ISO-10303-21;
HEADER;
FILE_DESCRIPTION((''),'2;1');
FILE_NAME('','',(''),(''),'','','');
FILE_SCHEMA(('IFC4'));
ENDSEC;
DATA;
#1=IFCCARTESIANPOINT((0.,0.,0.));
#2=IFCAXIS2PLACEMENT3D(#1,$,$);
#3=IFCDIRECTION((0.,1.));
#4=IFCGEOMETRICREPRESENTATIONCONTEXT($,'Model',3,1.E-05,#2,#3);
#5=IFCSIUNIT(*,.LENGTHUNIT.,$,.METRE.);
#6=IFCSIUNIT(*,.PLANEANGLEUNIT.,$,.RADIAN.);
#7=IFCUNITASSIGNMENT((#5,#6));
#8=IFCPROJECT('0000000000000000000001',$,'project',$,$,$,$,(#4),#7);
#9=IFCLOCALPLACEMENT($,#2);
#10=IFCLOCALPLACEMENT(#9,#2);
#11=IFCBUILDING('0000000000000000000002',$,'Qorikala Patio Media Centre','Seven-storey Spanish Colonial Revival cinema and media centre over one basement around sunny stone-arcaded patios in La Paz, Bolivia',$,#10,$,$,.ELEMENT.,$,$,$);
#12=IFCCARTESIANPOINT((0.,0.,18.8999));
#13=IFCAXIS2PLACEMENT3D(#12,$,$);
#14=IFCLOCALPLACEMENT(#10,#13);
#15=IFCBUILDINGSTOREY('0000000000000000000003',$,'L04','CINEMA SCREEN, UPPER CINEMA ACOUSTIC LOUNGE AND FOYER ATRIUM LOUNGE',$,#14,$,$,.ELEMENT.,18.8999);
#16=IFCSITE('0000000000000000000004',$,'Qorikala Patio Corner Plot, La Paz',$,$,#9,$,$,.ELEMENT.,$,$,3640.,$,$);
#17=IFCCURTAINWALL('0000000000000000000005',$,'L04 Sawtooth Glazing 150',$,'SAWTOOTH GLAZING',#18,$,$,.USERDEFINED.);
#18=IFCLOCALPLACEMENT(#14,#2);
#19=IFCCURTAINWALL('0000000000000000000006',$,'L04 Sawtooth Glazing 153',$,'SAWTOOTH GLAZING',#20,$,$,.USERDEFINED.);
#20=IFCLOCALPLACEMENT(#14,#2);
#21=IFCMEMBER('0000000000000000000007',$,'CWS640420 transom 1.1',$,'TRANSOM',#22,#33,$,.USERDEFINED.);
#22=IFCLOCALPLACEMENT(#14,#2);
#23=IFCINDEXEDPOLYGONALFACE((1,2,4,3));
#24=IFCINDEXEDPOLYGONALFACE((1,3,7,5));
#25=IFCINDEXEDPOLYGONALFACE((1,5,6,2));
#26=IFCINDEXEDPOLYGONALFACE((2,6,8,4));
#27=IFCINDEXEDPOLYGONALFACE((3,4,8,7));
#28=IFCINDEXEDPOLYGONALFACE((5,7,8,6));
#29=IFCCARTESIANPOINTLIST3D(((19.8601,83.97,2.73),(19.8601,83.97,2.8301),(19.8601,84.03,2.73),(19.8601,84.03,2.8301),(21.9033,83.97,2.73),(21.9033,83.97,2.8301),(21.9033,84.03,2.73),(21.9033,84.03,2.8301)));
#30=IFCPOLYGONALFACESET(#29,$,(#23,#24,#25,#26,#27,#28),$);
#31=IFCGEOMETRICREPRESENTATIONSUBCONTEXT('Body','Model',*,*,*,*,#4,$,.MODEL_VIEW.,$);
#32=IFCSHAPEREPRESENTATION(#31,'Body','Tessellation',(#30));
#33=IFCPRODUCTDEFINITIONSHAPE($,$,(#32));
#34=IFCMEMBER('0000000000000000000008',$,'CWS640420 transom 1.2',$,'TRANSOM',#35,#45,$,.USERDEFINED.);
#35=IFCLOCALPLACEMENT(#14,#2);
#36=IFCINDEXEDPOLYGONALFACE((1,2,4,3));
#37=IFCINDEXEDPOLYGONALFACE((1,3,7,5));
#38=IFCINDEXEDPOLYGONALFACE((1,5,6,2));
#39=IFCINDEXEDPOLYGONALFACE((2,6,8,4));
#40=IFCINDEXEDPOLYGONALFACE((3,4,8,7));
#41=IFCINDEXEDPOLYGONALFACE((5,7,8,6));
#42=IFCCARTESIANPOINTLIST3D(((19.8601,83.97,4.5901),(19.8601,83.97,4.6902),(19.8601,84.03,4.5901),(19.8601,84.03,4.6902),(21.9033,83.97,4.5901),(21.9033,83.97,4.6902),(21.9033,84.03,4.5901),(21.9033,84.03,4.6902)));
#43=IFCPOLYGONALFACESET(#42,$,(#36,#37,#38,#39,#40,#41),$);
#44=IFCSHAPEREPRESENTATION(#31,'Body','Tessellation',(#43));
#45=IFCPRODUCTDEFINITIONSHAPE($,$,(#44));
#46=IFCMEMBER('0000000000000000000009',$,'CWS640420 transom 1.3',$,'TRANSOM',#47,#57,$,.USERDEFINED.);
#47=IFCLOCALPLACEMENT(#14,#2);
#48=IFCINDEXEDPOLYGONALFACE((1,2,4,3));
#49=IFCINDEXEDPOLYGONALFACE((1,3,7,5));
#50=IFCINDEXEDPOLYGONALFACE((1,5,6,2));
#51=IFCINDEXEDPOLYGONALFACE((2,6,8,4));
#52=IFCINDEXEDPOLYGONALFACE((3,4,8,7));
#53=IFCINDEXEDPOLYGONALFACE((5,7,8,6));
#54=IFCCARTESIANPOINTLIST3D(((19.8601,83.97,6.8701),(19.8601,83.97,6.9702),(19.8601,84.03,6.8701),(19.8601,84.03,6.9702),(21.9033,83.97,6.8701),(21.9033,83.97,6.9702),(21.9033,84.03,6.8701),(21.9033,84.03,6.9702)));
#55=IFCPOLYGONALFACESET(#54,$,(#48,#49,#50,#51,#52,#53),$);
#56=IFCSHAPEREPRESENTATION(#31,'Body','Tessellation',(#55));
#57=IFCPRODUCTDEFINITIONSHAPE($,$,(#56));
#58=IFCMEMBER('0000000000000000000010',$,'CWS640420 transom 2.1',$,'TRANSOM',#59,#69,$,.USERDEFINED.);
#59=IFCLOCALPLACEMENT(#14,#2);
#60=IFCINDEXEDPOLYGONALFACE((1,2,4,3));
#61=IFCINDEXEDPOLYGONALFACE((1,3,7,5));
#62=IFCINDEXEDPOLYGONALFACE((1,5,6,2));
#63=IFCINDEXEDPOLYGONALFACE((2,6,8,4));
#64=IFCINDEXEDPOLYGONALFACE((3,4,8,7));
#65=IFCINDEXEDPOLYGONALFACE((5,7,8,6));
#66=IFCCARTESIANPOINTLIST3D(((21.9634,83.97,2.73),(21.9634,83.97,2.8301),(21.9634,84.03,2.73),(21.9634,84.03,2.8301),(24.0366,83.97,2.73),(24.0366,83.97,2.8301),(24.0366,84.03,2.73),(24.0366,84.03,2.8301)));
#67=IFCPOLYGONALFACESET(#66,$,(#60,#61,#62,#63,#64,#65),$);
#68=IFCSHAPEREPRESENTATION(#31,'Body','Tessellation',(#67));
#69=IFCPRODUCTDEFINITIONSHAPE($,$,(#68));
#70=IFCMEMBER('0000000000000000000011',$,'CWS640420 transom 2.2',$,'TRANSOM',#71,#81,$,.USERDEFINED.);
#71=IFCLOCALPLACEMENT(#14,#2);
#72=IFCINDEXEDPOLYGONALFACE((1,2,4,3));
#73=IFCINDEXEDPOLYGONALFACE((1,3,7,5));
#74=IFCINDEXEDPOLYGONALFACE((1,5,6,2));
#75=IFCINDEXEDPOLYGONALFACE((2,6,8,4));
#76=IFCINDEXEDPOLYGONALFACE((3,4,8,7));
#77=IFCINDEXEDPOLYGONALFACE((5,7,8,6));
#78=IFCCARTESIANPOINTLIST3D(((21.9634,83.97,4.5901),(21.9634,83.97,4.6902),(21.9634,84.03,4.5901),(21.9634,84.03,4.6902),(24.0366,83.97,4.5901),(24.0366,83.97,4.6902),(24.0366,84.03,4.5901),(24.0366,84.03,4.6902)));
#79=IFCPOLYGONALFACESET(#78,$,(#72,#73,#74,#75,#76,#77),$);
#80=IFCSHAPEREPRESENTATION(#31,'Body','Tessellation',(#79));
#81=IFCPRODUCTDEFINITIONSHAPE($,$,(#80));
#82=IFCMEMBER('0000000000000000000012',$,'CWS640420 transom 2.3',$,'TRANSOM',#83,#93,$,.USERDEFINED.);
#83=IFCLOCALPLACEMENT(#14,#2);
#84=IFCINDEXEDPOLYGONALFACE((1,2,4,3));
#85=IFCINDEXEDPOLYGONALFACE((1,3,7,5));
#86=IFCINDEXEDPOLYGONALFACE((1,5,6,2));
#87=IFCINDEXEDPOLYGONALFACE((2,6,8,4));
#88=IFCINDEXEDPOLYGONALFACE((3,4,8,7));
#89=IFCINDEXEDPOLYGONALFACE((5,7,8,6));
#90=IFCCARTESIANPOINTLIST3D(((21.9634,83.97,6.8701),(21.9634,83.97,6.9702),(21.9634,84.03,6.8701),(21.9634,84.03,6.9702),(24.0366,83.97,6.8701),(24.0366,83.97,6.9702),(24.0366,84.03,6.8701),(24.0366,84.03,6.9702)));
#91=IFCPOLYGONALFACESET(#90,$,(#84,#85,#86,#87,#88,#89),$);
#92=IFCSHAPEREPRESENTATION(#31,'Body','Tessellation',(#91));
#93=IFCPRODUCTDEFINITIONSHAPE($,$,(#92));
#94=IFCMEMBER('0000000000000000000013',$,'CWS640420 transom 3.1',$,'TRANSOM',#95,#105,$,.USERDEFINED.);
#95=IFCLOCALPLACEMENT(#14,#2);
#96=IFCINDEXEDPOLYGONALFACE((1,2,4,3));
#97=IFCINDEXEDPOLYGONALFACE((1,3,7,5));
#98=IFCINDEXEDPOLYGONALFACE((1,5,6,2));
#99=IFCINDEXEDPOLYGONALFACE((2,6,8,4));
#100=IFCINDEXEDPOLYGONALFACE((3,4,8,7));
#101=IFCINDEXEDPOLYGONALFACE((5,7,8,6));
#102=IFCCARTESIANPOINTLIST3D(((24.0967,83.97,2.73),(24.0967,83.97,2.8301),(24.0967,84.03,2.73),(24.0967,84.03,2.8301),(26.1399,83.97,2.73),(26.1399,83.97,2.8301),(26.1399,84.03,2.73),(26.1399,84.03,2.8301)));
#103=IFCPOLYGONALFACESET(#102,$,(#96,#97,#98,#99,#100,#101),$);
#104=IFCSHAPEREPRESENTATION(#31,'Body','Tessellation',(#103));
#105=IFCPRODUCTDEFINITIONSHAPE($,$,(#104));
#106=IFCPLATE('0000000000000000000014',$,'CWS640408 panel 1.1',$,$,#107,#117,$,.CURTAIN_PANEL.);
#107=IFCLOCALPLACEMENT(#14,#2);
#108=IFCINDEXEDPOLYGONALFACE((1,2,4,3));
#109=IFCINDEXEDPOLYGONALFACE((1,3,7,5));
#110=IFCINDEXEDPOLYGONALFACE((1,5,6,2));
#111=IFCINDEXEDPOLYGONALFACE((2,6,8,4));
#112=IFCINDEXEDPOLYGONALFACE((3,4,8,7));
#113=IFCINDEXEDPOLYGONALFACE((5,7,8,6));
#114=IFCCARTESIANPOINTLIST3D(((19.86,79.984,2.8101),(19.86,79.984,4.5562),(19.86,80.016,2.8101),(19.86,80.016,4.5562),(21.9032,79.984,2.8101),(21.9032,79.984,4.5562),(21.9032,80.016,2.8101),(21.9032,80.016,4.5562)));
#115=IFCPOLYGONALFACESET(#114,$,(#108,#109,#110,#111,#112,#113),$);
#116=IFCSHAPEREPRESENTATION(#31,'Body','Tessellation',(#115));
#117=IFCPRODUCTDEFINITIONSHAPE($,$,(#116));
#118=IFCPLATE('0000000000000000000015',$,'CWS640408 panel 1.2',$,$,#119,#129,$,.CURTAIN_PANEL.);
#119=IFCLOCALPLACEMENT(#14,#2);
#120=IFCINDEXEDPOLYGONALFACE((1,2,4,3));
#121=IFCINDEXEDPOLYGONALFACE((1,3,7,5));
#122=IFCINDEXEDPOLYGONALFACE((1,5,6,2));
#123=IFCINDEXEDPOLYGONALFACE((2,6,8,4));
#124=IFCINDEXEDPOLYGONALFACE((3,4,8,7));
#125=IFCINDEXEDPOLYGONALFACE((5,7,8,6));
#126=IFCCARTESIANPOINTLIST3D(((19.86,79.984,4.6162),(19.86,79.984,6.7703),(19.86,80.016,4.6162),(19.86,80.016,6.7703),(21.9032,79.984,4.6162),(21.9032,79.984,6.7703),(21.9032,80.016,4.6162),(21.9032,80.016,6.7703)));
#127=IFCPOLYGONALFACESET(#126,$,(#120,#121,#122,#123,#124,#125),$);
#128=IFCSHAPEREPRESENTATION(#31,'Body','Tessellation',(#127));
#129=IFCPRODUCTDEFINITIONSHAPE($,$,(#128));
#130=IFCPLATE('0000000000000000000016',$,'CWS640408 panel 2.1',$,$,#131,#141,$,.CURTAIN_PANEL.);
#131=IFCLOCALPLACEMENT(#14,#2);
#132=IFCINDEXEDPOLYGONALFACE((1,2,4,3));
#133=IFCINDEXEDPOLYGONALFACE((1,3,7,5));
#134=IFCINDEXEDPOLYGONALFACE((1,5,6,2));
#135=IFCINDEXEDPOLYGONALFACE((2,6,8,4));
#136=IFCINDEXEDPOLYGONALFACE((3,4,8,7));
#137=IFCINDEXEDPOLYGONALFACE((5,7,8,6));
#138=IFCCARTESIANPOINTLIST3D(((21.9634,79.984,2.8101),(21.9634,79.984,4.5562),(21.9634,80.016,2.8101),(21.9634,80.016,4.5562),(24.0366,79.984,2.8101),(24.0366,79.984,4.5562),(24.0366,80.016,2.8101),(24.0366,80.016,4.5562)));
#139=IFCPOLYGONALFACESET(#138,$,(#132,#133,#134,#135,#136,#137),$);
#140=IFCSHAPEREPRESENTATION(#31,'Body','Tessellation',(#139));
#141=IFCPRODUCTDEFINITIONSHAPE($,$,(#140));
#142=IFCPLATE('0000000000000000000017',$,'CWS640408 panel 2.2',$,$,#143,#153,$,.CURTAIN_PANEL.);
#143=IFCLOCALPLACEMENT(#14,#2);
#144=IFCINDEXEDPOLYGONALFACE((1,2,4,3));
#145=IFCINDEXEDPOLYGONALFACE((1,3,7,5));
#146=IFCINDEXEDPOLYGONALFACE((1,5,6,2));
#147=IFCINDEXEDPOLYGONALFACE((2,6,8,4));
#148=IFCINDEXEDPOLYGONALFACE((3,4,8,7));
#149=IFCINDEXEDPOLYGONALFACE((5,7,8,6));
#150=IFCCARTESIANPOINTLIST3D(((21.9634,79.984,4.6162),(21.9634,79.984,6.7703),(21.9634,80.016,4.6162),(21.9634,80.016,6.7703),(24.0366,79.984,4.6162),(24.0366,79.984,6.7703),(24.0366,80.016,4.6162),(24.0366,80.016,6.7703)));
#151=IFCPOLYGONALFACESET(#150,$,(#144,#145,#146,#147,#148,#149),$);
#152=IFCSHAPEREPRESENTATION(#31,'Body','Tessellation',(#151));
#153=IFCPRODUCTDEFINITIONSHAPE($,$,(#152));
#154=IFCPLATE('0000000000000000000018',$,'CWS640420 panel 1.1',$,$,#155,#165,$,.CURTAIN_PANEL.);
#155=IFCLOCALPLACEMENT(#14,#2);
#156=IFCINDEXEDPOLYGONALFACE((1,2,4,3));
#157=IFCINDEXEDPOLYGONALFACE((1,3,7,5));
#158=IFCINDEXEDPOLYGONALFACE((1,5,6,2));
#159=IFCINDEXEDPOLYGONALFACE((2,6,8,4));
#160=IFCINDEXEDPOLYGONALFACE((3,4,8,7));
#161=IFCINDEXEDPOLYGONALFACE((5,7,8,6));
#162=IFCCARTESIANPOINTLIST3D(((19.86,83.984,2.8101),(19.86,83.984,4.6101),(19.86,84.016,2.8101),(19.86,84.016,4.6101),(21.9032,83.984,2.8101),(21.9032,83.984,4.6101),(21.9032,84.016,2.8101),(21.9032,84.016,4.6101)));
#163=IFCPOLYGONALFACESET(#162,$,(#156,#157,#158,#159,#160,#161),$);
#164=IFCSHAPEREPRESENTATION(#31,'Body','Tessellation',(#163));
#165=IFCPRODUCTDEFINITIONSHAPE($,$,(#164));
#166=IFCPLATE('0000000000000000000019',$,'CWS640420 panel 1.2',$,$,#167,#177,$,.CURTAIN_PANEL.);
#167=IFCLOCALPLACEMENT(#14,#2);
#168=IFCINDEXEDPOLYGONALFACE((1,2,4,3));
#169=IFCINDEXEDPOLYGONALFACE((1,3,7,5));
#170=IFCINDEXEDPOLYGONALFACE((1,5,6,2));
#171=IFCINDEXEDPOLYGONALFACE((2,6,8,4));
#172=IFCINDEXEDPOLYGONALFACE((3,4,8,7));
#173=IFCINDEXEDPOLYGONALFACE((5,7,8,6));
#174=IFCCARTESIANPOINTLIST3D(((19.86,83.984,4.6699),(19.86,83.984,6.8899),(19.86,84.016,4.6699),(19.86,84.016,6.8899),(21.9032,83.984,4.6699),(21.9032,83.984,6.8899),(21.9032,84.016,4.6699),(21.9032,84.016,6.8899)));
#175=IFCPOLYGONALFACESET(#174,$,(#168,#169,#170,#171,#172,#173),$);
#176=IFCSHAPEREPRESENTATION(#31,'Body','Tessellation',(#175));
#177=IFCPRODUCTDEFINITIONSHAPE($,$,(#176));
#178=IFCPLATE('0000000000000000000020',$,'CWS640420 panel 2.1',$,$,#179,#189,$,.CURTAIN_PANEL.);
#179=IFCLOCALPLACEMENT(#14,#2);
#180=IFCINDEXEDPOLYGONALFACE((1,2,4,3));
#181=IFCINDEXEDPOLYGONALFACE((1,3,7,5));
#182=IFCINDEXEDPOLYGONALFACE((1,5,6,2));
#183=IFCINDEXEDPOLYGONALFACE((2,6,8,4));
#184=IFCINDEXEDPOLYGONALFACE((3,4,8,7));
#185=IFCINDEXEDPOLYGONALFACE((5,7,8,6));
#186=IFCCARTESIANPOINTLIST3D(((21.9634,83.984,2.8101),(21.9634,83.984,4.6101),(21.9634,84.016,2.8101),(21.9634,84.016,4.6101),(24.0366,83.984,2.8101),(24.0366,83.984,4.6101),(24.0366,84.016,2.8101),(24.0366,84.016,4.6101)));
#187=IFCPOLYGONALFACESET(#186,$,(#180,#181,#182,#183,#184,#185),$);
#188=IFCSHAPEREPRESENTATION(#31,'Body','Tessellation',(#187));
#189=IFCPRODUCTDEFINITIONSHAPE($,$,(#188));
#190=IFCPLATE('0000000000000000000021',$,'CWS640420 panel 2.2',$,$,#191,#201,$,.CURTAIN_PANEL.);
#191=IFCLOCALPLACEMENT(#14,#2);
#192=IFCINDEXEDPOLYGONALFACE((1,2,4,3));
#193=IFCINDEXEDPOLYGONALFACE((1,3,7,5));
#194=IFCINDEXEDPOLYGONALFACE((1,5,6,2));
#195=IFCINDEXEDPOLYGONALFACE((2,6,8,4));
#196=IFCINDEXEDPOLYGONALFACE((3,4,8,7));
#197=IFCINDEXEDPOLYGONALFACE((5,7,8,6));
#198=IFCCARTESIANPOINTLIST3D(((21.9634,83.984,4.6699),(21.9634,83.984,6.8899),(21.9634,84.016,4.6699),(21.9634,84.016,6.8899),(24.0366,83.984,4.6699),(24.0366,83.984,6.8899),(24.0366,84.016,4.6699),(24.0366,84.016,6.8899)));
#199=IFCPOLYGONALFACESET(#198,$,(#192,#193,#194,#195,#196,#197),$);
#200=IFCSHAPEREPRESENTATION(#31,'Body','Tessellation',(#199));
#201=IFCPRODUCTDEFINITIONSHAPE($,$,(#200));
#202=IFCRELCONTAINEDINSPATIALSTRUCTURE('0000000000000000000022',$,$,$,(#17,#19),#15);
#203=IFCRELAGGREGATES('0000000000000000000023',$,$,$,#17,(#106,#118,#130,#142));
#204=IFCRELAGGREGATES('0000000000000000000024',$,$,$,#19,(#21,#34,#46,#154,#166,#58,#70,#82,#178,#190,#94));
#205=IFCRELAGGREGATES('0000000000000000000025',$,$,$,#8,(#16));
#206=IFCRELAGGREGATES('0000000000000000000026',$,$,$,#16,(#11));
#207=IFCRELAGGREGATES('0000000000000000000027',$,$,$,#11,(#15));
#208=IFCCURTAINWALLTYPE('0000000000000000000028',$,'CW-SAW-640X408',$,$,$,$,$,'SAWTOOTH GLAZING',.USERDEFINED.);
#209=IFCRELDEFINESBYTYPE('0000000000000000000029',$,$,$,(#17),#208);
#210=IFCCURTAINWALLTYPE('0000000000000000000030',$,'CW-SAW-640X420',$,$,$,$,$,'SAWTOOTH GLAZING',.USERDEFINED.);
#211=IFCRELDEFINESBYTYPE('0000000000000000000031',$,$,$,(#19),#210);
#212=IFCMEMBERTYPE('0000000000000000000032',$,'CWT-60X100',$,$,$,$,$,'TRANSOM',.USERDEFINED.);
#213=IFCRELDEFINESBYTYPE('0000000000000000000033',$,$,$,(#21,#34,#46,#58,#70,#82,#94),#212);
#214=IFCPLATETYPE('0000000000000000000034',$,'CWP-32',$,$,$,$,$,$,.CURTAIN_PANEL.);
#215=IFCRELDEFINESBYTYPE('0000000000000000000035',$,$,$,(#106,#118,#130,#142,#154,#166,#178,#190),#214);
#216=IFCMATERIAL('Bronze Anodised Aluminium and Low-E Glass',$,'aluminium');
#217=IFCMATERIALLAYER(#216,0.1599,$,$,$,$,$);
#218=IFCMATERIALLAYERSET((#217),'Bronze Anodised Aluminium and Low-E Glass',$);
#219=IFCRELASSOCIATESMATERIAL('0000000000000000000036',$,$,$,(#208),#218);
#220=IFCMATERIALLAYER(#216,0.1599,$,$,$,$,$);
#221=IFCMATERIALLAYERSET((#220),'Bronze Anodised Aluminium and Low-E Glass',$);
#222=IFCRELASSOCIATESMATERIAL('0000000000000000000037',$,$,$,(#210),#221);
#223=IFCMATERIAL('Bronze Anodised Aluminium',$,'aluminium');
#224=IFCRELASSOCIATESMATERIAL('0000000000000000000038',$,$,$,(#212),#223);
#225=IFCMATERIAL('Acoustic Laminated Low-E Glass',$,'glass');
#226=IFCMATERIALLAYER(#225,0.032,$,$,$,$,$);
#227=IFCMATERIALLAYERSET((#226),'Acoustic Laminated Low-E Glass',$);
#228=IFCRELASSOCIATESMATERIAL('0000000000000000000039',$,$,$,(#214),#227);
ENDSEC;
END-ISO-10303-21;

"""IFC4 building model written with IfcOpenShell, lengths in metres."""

from ifc_helpers import new_model, si_unit, direction, frame, origin, origin_2d, place, context, subcontext, project, spatial, rectangle, extrude, material, layer, layer_set, material_profile, profile_set, type_object, element, aggregate, save


model = new_model("IFC4")

# Units and contexts
model_context = context("Model", 3, precision=1e-05, world=origin(), true_north=direction((0.0, 1.0)))
body_context = subcontext(model_context, "Body", "Model", "MODEL_VIEW")
ifc_project = project(units=[si_unit("LENGTHUNIT", "METRE"), si_unit("PLANEANGLEUNIT", "RADIAN")], contexts=[model_context])

# Site, building, storey
site_placement = place(None, origin())
site = spatial("IfcSite", under=ifc_project, at=site_placement, Name="Qorikala Patio Corner Plot, La Paz", CompositionType="ELEMENT", RefElevation=3640.0)
building_placement = place(site_placement, origin())
building = spatial("IfcBuilding", under=site, at=building_placement, Name="Qorikala Patio Media Centre", Description="Seven-storey Spanish Colonial Revival cinema and media centre over one basement around sunny stone-arcaded patios in La Paz, Bolivia", CompositionType="ELEMENT")
storey_placement = place(building_placement, frame((0.0, 0.0, 18.8999)))
storey = spatial("IfcBuildingStorey", under=building, at=storey_placement, Name="L04", Description="CINEMA SCREEN, UPPER CINEMA ACOUSTIC LOUNGE AND FOYER ATRIUM LOUNGE", CompositionType="ELEMENT", Elevation=18.8999)

# Curtain walls
ifc_material_1 = material(Name="Bronze Anodised Aluminium and Low-E Glass", Category="aluminium")
ifc_layer_1 = layer(ifc_material_1, 0.1599)
ifc_layer_set_1 = layer_set([ifc_layer_1], Name="Bronze Anodised Aluminium and Low-E Glass")
curtain_wall_type_1 = type_object("IfcCurtainWallType", Name="CW-SAW-640X408", ElementType="SAWTOOTH GLAZING", PredefinedType="USERDEFINED", material=ifc_layer_set_1)
curtain_wall_1_placement = place(storey_placement, origin())
curtain_wall_1 = element("IfcCurtainWall", 1, at=curtain_wall_1_placement, inside=storey, type_object=curtain_wall_type_1, Name="L04 Sawtooth Glazing 150", ObjectType="SAWTOOTH GLAZING", PredefinedType="USERDEFINED")
ifc_material_2 = material(Name="Bronze Anodised Aluminium", Category="aluminium")
ifc_layer_2 = layer(ifc_material_1, 0.1599)
ifc_layer_set_2 = layer_set([ifc_layer_2], Name="Bronze Anodised Aluminium and Low-E Glass")
curtain_wall_type_2 = type_object("IfcCurtainWallType", Name="CW-SAW-640X420", ElementType="SAWTOOTH GLAZING", PredefinedType="USERDEFINED", material=ifc_layer_set_2)
curtain_wall_2_placement = place(storey_placement, origin())
curtain_wall_2 = element("IfcCurtainWall", 2, at=curtain_wall_2_placement, inside=storey, type_object=curtain_wall_type_2, Name="L04 Sawtooth Glazing 153", ObjectType="SAWTOOTH GLAZING", PredefinedType="USERDEFINED")

# Members
ifc_material_profile_1 = material_profile(ifc_material_2, rectangle(XDim=0.0601, YDim=0.1001, at=origin_2d()), Name="ALU TRANSOM 60x100")
ifc_profile_set_1 = profile_set([ifc_material_profile_1], Name="Bronze Anodised Aluminium")
member_type_1 = type_object("IfcMemberType", Name="CWT-60X100", ElementType="TRANSOM", PredefinedType="USERDEFINED", material=ifc_profile_set_1)
member_1_placement = place(storey_placement, frame((19.8601, 84.0, 2.78), z_axis=(1.0, 0.0, 0.0), x_axis=(0.0, 1.0, 0.0)))
member_1 = element("IfcMember", 3, at=member_1_placement, type_object=member_type_1, Name="CWS640420 transom 1.1", ObjectType="TRANSOM", PredefinedType="USERDEFINED", context=body_context, shape_type="SweptSolid", body=[
    extrude(rectangle(XDim=0.0601, YDim=0.1001, at=origin_2d()), origin(), (0.0, 0.0, 1.0), 2.0432),
])
member_2_placement = place(storey_placement, frame((19.8601, 84.0, 4.6401), z_axis=(1.0, 0.0, 0.0), x_axis=(0.0, 1.0, 0.0)))
member_2 = element("IfcMember", 4, at=member_2_placement, type_object=member_type_1, Name="CWS640420 transom 1.2", ObjectType="TRANSOM", PredefinedType="USERDEFINED", context=body_context, shape_type="SweptSolid", body=[
    extrude(rectangle(XDim=0.0601, YDim=0.1001, at=origin_2d()), origin(), (0.0, 0.0, 1.0), 2.0432),
])
member_3_placement = place(storey_placement, frame((19.8601, 84.0, 6.9202), z_axis=(1.0, 0.0, 0.0), x_axis=(0.0, 1.0, 0.0)))
member_3 = element("IfcMember", 5, at=member_3_placement, type_object=member_type_1, Name="CWS640420 transom 1.3", ObjectType="TRANSOM", PredefinedType="USERDEFINED", context=body_context, shape_type="SweptSolid", body=[
    extrude(rectangle(XDim=0.0601, YDim=0.1001, at=origin_2d()), origin(), (0.0, 0.0, 1.0), 2.0432),
])
member_4_placement = place(storey_placement, frame((21.9634, 84.0, 2.78), z_axis=(1.0, 0.0, 0.0), x_axis=(0.0, 1.0, 0.0)))
member_4 = element("IfcMember", 6, at=member_4_placement, type_object=member_type_1, Name="CWS640420 transom 2.1", ObjectType="TRANSOM", PredefinedType="USERDEFINED", context=body_context, shape_type="SweptSolid", body=[
    extrude(rectangle(XDim=0.0601, YDim=0.1001, at=origin_2d()), origin(), (0.0, 0.0, 1.0), 2.0732),
])
member_5_placement = place(storey_placement, frame((21.9634, 84.0, 4.6401), z_axis=(1.0, 0.0, 0.0), x_axis=(0.0, 1.0, 0.0)))
member_5 = element("IfcMember", 7, at=member_5_placement, type_object=member_type_1, Name="CWS640420 transom 2.2", ObjectType="TRANSOM", PredefinedType="USERDEFINED", context=body_context, shape_type="SweptSolid", body=[
    extrude(rectangle(XDim=0.0601, YDim=0.1001, at=origin_2d()), origin(), (0.0, 0.0, 1.0), 2.0732),
])
member_6_placement = place(storey_placement, frame((21.9634, 84.0, 6.9202), z_axis=(1.0, 0.0, 0.0), x_axis=(0.0, 1.0, 0.0)))
member_6 = element("IfcMember", 8, at=member_6_placement, type_object=member_type_1, Name="CWS640420 transom 2.3", ObjectType="TRANSOM", PredefinedType="USERDEFINED", context=body_context, shape_type="SweptSolid", body=[
    extrude(rectangle(XDim=0.0601, YDim=0.1001, at=origin_2d()), origin(), (0.0, 0.0, 1.0), 2.0732),
])
member_7_placement = place(storey_placement, frame((24.0967, 84.0, 2.78), z_axis=(1.0, 0.0, 0.0), x_axis=(0.0, 1.0, 0.0)))
member_7 = element("IfcMember", 9, at=member_7_placement, type_object=member_type_1, Name="CWS640420 transom 3.1", ObjectType="TRANSOM", PredefinedType="USERDEFINED", context=body_context, shape_type="SweptSolid", body=[
    extrude(rectangle(XDim=0.0601, YDim=0.1001, at=origin_2d()), origin(), (0.0, 0.0, 1.0), 2.0432),
])

# Plates
ifc_material_3 = material(Name="Acoustic Laminated Low-E Glass", Category="glass")
ifc_layer_3 = layer(ifc_material_3, 0.032)
ifc_layer_set_3 = layer_set([ifc_layer_3], Name="Acoustic Laminated Low-E Glass")
plate_type = type_object("IfcPlateType", Name="CWP-32", PredefinedType="CURTAIN_PANEL", material=ifc_layer_set_3)
plate_1_placement = place(storey_placement, frame((20.8816, 80.0, 2.8101), z_axis=(0.0, 0.0, 1.0), x_axis=(1.0, 0.0, 0.0)))
plate_1 = element("IfcPlate", 10, at=plate_1_placement, type_object=plate_type, Name="CWS640408 panel 1.1", PredefinedType="CURTAIN_PANEL", context=body_context, shape_type="SweptSolid", body=[
    extrude(rectangle(XDim=2.0432, YDim=0.032, at=origin_2d()), origin(), (0.0, 0.0, 1.0), 1.7461),
])
plate_2_placement = place(storey_placement, frame((20.8816, 80.0, 4.6162), z_axis=(0.0, 0.0, 1.0), x_axis=(1.0, 0.0, 0.0)))
plate_2 = element("IfcPlate", 11, at=plate_2_placement, type_object=plate_type, Name="CWS640408 panel 1.2", PredefinedType="CURTAIN_PANEL", context=body_context, shape_type="SweptSolid", body=[
    extrude(rectangle(XDim=2.0432, YDim=0.032, at=origin_2d()), origin(), (0.0, 0.0, 1.0), 2.1541),
])
plate_3_placement = place(storey_placement, frame((23.0, 80.0, 2.8101), z_axis=(0.0, 0.0, 1.0), x_axis=(1.0, 0.0, 0.0)))
plate_3 = element("IfcPlate", 12, at=plate_3_placement, type_object=plate_type, Name="CWS640408 panel 2.1", PredefinedType="CURTAIN_PANEL", context=body_context, shape_type="SweptSolid", body=[
    extrude(rectangle(XDim=2.0732, YDim=0.032, at=origin_2d()), origin(), (0.0, 0.0, 1.0), 1.7461),
])
plate_4_placement = place(storey_placement, frame((23.0, 80.0, 4.6162), z_axis=(0.0, 0.0, 1.0), x_axis=(1.0, 0.0, 0.0)))
plate_4 = element("IfcPlate", 13, at=plate_4_placement, type_object=plate_type, Name="CWS640408 panel 2.2", PredefinedType="CURTAIN_PANEL", context=body_context, shape_type="SweptSolid", body=[
    extrude(rectangle(XDim=2.0732, YDim=0.032, at=origin_2d()), origin(), (0.0, 0.0, 1.0), 2.1541),
])
aggregate(curtain_wall_1, [plate_1, plate_2, plate_3, plate_4])
plate_5_placement = place(storey_placement, frame((20.8816, 84.0, 2.8101), z_axis=(0.0, 0.0, 1.0), x_axis=(1.0, 0.0, 0.0)))
plate_5 = element("IfcPlate", 14, at=plate_5_placement, type_object=plate_type, Name="CWS640420 panel 1.1", PredefinedType="CURTAIN_PANEL", context=body_context, shape_type="SweptSolid", body=[
    extrude(rectangle(XDim=2.0432, YDim=0.032, at=origin_2d()), origin(), (0.0, 0.0, 1.0), 1.8),
])
plate_6_placement = place(storey_placement, frame((20.8816, 84.0, 4.6699), z_axis=(0.0, 0.0, 1.0), x_axis=(1.0, 0.0, 0.0)))
plate_6 = element("IfcPlate", 15, at=plate_6_placement, type_object=plate_type, Name="CWS640420 panel 1.2", PredefinedType="CURTAIN_PANEL", context=body_context, shape_type="SweptSolid", body=[
    extrude(rectangle(XDim=2.0432, YDim=0.032, at=origin_2d()), origin(), (0.0, 0.0, 1.0), 2.22),
])
plate_7_placement = place(storey_placement, frame((23.0, 84.0, 2.8101), z_axis=(0.0, 0.0, 1.0), x_axis=(1.0, 0.0, 0.0)))
plate_7 = element("IfcPlate", 16, at=plate_7_placement, type_object=plate_type, Name="CWS640420 panel 2.1", PredefinedType="CURTAIN_PANEL", context=body_context, shape_type="SweptSolid", body=[
    extrude(rectangle(XDim=2.0732, YDim=0.032, at=origin_2d()), origin(), (0.0, 0.0, 1.0), 1.8),
])
plate_8_placement = place(storey_placement, frame((23.0, 84.0, 4.6699), z_axis=(0.0, 0.0, 1.0), x_axis=(1.0, 0.0, 0.0)))
plate_8 = element("IfcPlate", 17, at=plate_8_placement, type_object=plate_type, Name="CWS640420 panel 2.2", PredefinedType="CURTAIN_PANEL", context=body_context, shape_type="SweptSolid", body=[
    extrude(rectangle(XDim=2.0732, YDim=0.032, at=origin_2d()), origin(), (0.0, 0.0, 1.0), 2.22),
])
aggregate(curtain_wall_2, [member_1, member_2, member_3, plate_5, plate_6, member_4, member_5, member_6, plate_7, plate_8, member_7])

save(model, "model.ifc")
